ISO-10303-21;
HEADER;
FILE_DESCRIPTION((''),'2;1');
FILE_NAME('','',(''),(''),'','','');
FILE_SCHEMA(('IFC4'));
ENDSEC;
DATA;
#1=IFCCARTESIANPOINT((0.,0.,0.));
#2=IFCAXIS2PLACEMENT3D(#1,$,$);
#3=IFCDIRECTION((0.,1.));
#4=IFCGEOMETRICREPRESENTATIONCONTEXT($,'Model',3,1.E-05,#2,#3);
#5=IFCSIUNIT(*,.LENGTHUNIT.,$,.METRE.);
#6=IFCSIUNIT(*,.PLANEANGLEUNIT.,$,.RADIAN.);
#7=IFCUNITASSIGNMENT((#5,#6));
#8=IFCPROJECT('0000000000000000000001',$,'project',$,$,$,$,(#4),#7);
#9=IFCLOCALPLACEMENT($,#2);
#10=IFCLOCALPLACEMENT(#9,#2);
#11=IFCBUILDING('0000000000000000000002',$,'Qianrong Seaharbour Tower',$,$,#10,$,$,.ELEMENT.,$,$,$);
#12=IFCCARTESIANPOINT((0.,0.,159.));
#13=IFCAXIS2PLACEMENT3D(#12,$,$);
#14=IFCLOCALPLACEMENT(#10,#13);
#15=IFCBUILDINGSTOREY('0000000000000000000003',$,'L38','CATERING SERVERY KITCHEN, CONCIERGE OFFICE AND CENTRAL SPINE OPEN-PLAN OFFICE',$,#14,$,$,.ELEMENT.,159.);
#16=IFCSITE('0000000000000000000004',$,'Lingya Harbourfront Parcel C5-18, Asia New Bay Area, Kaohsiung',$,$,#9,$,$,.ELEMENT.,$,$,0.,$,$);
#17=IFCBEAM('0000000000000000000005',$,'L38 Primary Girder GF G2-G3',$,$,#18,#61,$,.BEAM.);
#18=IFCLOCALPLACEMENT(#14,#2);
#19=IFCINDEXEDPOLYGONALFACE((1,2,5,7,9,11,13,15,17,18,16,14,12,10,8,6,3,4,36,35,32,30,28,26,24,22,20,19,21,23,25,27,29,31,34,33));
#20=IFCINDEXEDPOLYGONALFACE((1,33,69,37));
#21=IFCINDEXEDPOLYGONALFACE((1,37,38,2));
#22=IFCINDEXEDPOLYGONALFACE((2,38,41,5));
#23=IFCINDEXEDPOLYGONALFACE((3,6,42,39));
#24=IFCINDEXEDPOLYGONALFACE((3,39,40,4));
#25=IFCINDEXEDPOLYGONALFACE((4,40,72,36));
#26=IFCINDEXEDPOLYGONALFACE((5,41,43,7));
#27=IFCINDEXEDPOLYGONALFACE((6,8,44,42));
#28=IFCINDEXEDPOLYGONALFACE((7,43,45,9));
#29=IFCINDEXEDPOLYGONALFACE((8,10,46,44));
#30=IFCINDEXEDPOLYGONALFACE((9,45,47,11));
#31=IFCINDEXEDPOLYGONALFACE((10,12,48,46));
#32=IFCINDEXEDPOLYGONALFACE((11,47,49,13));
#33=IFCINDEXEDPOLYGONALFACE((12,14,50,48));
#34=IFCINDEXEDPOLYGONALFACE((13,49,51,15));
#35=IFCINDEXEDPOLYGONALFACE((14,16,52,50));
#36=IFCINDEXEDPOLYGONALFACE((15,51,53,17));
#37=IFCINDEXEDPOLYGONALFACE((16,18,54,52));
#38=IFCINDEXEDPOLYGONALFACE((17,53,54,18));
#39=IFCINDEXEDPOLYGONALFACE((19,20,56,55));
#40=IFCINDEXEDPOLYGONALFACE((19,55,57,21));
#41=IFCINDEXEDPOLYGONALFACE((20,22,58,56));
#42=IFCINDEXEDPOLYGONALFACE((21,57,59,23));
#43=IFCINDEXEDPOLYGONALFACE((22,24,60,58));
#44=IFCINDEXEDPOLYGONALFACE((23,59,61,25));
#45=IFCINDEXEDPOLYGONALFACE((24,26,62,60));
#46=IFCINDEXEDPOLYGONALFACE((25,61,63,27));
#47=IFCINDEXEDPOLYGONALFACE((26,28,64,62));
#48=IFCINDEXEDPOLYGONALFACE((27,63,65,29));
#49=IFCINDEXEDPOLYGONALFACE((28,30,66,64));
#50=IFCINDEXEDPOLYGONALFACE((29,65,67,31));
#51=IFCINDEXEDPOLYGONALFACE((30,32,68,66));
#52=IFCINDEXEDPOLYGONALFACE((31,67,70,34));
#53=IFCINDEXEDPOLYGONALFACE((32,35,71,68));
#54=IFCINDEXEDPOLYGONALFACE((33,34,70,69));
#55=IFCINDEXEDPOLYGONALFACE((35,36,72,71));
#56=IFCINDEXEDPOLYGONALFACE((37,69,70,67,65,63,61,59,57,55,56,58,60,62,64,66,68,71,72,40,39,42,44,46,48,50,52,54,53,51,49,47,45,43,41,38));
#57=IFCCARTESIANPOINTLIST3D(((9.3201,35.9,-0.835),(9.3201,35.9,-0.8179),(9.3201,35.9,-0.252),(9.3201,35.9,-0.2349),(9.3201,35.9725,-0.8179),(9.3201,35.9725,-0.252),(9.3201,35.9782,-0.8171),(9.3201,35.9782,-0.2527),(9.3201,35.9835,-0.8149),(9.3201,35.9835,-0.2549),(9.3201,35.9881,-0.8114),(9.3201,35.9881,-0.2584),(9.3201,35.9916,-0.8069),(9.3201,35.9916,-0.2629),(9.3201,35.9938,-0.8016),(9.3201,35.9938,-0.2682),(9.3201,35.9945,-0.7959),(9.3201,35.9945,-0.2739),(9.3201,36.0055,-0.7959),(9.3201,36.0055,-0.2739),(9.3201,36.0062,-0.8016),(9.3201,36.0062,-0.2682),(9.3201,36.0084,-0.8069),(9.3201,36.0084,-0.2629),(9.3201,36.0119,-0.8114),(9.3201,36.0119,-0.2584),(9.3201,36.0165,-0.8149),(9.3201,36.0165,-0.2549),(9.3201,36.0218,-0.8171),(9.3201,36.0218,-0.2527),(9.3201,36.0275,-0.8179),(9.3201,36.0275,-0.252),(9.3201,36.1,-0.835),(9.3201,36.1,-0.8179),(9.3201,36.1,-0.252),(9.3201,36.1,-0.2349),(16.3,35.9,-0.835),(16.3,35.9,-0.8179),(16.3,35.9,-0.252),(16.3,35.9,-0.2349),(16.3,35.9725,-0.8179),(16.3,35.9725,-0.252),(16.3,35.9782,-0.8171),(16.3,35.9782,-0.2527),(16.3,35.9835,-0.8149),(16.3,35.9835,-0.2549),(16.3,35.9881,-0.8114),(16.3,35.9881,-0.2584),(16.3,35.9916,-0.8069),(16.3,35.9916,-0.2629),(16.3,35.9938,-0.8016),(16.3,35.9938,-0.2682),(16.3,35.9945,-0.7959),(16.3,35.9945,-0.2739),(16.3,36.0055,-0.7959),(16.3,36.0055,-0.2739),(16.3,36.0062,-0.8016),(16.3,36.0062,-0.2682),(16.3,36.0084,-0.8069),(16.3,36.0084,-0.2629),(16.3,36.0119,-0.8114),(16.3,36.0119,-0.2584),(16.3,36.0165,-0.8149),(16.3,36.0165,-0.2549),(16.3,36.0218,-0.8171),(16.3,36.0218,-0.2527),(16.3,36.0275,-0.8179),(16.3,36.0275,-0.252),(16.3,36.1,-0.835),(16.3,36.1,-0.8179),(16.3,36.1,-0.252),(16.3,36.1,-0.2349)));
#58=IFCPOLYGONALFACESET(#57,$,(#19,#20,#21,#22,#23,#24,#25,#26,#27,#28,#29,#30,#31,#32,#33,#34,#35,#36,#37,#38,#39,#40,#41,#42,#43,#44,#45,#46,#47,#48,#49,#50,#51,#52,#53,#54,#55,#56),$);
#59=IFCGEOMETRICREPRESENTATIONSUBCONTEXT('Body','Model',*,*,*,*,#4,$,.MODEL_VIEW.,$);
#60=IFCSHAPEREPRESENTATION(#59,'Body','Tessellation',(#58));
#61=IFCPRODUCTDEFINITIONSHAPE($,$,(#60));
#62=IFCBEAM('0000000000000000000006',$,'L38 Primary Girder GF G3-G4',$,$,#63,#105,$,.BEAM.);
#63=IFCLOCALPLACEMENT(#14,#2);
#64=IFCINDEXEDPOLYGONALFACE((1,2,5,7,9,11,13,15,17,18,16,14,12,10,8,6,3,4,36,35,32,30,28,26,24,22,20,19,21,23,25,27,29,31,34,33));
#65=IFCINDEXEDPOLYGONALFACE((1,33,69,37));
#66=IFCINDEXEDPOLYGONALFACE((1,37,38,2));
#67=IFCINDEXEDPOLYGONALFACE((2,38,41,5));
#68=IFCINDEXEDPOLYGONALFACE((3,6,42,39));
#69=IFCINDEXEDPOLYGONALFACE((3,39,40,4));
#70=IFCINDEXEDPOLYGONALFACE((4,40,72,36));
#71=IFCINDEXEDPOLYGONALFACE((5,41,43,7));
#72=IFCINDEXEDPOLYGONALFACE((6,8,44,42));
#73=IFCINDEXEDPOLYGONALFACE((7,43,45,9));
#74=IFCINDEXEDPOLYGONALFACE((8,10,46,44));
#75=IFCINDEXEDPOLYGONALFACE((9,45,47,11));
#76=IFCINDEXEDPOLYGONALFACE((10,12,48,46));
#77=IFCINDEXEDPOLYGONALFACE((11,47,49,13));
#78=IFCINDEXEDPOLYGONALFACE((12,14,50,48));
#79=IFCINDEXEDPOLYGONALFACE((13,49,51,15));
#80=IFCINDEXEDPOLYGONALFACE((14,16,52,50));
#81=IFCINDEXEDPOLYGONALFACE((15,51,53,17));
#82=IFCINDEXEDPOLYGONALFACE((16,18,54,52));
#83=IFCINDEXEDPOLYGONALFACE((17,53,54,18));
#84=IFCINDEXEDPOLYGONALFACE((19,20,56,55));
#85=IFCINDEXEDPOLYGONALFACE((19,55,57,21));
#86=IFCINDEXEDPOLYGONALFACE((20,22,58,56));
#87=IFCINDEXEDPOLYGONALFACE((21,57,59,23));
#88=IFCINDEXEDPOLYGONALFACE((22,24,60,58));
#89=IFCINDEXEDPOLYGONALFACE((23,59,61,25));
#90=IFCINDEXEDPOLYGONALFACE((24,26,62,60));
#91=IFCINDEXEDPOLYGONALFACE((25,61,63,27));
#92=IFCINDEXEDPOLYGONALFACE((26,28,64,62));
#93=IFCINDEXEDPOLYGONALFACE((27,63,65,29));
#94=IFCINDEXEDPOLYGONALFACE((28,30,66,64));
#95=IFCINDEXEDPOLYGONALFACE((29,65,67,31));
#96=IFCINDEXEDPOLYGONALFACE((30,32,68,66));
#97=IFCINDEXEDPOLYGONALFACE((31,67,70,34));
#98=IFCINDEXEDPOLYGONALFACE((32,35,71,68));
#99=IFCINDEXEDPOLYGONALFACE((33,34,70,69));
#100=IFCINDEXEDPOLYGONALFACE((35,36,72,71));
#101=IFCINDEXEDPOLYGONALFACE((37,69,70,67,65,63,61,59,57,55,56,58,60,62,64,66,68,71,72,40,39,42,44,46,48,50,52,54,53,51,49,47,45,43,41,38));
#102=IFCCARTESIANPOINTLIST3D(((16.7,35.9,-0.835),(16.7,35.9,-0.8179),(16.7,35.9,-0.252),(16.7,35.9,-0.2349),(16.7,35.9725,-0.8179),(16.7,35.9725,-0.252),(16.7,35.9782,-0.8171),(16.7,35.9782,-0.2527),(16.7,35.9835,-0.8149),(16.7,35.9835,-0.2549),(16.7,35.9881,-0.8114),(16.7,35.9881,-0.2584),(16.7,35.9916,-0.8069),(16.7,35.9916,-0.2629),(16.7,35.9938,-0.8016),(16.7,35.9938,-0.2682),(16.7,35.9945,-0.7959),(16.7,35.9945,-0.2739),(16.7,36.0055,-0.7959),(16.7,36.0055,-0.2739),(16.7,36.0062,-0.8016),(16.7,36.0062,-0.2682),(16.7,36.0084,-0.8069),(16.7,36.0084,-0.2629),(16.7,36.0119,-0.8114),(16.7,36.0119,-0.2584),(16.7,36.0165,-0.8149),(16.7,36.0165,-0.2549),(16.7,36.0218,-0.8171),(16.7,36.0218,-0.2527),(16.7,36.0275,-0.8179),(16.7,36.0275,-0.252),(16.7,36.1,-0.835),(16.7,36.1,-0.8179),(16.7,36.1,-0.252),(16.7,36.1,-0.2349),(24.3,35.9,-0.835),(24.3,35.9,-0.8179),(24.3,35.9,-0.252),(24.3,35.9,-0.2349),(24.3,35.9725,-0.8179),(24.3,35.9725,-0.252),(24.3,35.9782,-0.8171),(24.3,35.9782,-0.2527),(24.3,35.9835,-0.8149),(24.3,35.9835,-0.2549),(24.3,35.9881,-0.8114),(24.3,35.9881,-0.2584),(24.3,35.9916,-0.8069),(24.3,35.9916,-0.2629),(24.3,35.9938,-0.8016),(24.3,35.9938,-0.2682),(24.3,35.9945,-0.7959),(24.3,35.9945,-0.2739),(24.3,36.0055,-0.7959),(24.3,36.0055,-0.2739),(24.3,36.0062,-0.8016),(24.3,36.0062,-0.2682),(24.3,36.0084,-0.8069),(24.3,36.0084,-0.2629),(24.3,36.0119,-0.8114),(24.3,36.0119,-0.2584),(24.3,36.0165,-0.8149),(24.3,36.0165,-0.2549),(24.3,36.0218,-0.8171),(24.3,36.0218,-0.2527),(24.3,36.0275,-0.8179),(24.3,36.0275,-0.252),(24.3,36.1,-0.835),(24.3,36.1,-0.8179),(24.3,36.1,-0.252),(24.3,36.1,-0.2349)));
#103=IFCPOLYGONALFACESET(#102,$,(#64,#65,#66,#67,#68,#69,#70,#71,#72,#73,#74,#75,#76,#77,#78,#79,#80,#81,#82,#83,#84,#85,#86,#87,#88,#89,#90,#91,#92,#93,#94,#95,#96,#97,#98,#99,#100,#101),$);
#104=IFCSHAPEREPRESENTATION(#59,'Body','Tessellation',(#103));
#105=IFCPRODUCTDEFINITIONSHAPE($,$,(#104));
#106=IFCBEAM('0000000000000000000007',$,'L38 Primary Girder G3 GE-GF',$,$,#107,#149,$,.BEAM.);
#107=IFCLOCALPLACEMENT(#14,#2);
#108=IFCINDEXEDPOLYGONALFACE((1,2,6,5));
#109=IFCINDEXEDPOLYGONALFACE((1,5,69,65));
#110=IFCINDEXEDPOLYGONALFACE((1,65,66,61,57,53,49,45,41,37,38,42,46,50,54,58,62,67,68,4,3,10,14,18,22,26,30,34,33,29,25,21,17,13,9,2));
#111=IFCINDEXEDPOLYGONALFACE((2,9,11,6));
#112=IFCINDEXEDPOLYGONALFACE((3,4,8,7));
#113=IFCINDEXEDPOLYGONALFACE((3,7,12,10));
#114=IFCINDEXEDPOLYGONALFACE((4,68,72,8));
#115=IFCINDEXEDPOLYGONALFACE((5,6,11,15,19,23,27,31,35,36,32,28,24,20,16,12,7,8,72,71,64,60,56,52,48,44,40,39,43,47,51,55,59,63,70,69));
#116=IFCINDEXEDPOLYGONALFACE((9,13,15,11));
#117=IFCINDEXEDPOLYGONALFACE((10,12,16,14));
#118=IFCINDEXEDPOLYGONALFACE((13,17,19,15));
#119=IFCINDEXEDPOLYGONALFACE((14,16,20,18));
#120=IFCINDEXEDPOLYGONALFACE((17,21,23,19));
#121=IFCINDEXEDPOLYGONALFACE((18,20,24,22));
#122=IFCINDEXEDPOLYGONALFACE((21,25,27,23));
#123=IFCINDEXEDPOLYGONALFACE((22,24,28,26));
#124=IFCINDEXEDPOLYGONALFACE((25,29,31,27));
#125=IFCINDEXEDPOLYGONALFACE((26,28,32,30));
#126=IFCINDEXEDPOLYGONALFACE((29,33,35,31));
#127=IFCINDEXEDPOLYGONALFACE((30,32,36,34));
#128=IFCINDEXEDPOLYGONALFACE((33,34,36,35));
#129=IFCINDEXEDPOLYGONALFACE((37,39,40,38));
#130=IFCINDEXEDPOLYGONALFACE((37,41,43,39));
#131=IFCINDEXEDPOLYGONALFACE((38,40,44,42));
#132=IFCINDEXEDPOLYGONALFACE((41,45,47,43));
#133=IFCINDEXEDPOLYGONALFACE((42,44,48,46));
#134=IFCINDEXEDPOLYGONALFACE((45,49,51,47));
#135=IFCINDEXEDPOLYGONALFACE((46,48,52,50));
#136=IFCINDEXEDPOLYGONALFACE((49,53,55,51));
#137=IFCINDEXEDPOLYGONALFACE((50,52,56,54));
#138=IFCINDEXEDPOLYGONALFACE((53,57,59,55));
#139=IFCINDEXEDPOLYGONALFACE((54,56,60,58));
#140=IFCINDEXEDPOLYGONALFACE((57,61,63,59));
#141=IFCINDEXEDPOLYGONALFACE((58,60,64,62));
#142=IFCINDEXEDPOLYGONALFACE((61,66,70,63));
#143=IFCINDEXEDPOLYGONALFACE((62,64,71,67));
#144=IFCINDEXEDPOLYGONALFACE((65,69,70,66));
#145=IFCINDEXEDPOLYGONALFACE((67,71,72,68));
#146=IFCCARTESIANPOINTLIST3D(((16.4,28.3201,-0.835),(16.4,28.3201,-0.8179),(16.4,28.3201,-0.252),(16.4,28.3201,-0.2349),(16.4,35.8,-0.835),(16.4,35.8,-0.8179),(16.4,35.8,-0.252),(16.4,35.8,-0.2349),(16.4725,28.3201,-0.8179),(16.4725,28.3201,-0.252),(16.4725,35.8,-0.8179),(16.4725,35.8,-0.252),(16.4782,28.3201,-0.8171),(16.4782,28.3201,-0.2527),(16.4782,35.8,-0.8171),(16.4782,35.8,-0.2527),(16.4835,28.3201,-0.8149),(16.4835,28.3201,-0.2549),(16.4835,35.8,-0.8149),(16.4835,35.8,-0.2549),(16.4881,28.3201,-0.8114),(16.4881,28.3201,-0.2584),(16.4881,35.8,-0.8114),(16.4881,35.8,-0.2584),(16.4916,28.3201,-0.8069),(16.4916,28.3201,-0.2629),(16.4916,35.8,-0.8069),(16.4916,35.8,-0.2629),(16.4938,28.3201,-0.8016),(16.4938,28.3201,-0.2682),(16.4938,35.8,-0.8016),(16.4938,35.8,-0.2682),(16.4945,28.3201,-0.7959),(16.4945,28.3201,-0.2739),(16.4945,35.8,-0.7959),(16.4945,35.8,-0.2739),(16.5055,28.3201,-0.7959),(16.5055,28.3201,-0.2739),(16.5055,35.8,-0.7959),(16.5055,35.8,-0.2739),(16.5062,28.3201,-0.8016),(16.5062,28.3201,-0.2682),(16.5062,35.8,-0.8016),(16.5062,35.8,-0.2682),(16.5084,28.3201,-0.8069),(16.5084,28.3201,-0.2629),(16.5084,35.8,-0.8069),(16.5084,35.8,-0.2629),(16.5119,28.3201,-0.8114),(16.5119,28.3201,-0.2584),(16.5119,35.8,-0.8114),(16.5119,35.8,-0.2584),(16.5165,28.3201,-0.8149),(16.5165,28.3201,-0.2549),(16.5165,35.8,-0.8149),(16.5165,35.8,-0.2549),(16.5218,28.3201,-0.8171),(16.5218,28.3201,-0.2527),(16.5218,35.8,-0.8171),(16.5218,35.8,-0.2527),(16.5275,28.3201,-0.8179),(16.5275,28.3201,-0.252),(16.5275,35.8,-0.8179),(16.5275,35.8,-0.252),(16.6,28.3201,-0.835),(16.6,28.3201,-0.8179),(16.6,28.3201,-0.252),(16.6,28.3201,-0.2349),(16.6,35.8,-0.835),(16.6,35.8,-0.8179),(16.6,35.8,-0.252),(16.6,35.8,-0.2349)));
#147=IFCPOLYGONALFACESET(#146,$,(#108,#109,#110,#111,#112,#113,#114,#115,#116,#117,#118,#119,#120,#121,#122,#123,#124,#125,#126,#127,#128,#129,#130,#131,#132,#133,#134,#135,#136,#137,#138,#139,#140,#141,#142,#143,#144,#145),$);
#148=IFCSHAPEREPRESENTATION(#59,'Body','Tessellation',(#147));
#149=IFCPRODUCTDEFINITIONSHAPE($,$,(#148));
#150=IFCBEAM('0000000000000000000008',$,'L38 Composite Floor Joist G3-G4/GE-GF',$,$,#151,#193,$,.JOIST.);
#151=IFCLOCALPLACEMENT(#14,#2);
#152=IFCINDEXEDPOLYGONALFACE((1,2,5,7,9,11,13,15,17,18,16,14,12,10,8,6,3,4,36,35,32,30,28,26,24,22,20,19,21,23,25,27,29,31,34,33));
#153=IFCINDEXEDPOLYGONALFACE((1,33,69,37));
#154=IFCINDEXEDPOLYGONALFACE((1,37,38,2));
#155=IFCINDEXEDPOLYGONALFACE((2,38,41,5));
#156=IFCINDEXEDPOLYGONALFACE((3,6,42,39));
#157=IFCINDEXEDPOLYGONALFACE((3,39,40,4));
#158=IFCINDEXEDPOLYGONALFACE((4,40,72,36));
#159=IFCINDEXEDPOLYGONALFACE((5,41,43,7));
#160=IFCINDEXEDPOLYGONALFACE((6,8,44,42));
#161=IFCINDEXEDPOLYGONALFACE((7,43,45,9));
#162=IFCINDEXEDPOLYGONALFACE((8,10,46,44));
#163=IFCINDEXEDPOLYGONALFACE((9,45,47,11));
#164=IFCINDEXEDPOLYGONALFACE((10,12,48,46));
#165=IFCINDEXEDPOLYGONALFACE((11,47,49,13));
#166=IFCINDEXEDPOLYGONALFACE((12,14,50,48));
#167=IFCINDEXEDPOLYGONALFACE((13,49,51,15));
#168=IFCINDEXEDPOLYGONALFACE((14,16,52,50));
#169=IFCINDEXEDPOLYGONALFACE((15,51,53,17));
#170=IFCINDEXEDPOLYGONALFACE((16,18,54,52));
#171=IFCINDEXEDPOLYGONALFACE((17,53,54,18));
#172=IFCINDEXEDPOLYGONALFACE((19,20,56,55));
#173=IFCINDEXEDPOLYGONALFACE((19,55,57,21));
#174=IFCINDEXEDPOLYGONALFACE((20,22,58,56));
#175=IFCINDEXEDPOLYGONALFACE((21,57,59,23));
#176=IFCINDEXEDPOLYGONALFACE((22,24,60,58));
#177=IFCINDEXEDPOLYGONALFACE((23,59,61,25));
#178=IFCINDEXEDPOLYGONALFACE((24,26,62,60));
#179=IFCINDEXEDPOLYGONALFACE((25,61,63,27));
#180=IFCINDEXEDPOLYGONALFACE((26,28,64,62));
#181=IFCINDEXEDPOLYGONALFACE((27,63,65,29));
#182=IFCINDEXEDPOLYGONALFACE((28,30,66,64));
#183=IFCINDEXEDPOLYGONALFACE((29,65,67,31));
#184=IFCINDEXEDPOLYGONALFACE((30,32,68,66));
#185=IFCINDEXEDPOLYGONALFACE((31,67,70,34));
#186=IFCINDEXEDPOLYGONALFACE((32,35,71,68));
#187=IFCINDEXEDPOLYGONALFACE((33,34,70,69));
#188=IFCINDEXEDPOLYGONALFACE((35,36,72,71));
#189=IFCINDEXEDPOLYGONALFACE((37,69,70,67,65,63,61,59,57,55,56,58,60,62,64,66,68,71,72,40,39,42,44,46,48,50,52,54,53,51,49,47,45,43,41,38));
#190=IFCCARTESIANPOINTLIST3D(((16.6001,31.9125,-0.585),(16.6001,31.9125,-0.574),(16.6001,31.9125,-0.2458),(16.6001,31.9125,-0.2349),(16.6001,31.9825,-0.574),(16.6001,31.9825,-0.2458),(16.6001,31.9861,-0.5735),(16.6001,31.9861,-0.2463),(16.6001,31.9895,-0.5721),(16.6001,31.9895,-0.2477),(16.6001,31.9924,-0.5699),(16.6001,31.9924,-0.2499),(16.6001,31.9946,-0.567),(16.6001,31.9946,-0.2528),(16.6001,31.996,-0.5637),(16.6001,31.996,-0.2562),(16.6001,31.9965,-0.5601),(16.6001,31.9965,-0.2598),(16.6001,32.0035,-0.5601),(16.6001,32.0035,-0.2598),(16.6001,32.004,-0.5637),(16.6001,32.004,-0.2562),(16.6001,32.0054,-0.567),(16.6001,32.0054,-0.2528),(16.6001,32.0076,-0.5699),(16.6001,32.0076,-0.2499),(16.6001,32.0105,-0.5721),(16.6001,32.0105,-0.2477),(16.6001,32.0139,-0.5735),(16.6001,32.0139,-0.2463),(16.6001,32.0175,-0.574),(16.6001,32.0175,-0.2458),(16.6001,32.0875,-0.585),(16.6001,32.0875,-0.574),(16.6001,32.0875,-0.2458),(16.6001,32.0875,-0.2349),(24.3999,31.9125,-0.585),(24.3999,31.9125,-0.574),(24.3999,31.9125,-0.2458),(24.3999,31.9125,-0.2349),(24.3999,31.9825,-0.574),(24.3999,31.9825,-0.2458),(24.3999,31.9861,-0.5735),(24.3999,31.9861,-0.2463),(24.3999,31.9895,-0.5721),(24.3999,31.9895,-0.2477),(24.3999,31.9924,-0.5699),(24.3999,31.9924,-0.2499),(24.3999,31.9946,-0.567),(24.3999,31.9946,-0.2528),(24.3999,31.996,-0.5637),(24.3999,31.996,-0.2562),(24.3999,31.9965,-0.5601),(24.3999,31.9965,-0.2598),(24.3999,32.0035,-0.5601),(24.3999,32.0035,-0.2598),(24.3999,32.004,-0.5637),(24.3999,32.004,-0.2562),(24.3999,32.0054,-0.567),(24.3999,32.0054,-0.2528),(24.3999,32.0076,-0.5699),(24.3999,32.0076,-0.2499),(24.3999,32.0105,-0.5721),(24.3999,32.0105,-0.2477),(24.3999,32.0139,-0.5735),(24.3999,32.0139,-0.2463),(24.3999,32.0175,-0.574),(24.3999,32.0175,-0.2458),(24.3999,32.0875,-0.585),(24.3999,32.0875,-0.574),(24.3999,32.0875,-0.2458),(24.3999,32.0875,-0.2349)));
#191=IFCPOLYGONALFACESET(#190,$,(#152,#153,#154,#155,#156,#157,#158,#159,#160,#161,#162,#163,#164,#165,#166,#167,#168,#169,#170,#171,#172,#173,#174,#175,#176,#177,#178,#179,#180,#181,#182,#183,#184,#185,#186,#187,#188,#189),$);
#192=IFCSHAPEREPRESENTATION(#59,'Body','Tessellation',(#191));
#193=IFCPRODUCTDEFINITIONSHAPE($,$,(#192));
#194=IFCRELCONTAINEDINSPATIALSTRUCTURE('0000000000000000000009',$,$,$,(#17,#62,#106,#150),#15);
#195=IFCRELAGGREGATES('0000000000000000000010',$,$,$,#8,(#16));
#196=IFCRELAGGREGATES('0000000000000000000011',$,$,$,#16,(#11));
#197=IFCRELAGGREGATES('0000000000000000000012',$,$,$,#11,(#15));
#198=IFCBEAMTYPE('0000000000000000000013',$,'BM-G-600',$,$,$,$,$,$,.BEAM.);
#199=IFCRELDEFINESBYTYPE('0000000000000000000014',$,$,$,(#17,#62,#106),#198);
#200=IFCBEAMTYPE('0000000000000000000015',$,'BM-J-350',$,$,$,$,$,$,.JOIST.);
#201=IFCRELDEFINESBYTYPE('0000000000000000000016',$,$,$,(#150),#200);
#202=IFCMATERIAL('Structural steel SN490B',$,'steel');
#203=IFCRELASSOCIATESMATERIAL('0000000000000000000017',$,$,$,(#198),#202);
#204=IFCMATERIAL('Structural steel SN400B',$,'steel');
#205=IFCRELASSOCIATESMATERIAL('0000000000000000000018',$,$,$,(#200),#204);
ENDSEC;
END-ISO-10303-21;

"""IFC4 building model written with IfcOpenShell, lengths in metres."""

from ifc_helpers import new_model, si_unit, direction, frame, origin, origin_2d, place, context, subcontext, project, spatial, i_section, extrude, material, material_profile, profile_set, type_object, element, save


model = new_model("IFC4")

# Units and contexts
model_context = context("Model", 3, precision=1e-05, world=origin(), true_north=direction((0.0, 1.0)))
body_context = subcontext(model_context, "Body", "Model", "MODEL_VIEW")
ifc_project = project(units=[si_unit("LENGTHUNIT", "METRE"), si_unit("PLANEANGLEUNIT", "RADIAN")], contexts=[model_context])

# Site, building, storey
site_placement = place(None, origin())
site = spatial("IfcSite", under=ifc_project, at=site_placement, Name="Lingya Harbourfront Parcel C5-18, Asia New Bay Area, Kaohsiung", CompositionType="ELEMENT", RefElevation=0.0)
building_placement = place(site_placement, origin())
building = spatial("IfcBuilding", under=site, at=building_placement, Name="Qianrong Seaharbour Tower", CompositionType="ELEMENT")
storey_placement = place(building_placement, frame((0.0, 0.0, 159.0)))
storey = spatial("IfcBuildingStorey", under=building, at=storey_placement, Name="L38", Description="CATERING SERVERY KITCHEN, CONCIERGE OFFICE AND CENTRAL SPINE OPEN-PLAN OFFICE", CompositionType="ELEMENT", Elevation=159.0)

# Shared definitions
ifc_material_1 = material(Name="Structural steel SN490B", Category="steel")

# Beams
ifc_material_profile_1 = material_profile(ifc_material_1, i_section(OverallWidth=0.2, OverallDepth=0.6001, WebThickness=0.011, FlangeThickness=0.0171, FilletRadius=0.022, at=origin_2d()), Name="H600x200x11x17")
ifc_profile_set_1 = profile_set([ifc_material_profile_1], Name="Structural steel SN490B")
beam_type_1 = type_object("IfcBeamType", Name="BM-G-600", PredefinedType="BEAM", material=ifc_profile_set_1)
beam_1_placement = place(storey_placement, frame((9.3201, 36.0, -0.5349), z_axis=(1.0, 0.0, 0.0), x_axis=(0.0, 1.0, 0.0)))
element("IfcBeam", 1, at=beam_1_placement, inside=storey, type_object=beam_type_1, Name="L38 Primary Girder GF G2-G3", PredefinedType="BEAM", context=body_context, shape_type="SweptSolid", body=[
    extrude(i_section(OverallWidth=0.2, OverallDepth=0.6001, WebThickness=0.011, FlangeThickness=0.0171, FilletRadius=0.022, at=origin_2d()), origin(), (0.0, 0.0, 1.0), 6.98),
])
beam_2_placement = place(storey_placement, frame((16.7, 36.0, -0.5349), z_axis=(1.0, 0.0, 0.0), x_axis=(0.0, 1.0, 0.0)))
element("IfcBeam", 2, at=beam_2_placement, inside=storey, type_object=beam_type_1, Name="L38 Primary Girder GF G3-G4", PredefinedType="BEAM", context=body_context, shape_type="SweptSolid", body=[
    extrude(i_section(OverallWidth=0.2, OverallDepth=0.6001, WebThickness=0.011, FlangeThickness=0.0171, FilletRadius=0.022, at=origin_2d()), origin(), (0.0, 0.0, 1.0), 7.6001),
])
beam_3_placement = place(storey_placement, frame((16.5, 28.3201, -0.5349), z_axis=(0.0, 1.0, 0.0), x_axis=(-1.0, 0.0, 0.0)))
element("IfcBeam", 3, at=beam_3_placement, inside=storey, type_object=beam_type_1, Name="L38 Primary Girder G3 GE-GF", PredefinedType="BEAM", context=body_context, shape_type="SweptSolid", body=[
    extrude(i_section(OverallWidth=0.2, OverallDepth=0.6001, WebThickness=0.011, FlangeThickness=0.0171, FilletRadius=0.022, at=origin_2d()), origin(), (0.0, 0.0, 1.0), 7.48),
])
ifc_material_2 = material(Name="Structural steel SN400B", Category="steel")
ifc_material_profile_2 = material_profile(ifc_material_2, i_section(OverallWidth=0.175, OverallDepth=0.3501, WebThickness=0.0071, FlangeThickness=0.011, FilletRadius=0.0139, at=origin_2d()), Name="H350x175x7x11")
ifc_profile_set_2 = profile_set([ifc_material_profile_2], Name="Structural steel SN400B")
beam_type_2 = type_object("IfcBeamType", Name="BM-J-350", PredefinedType="JOIST", material=ifc_profile_set_2)
beam_4_placement = place(storey_placement, frame((16.6001, 32.0, -0.4099), z_axis=(1.0, 0.0, 0.0), x_axis=(0.0, 1.0, 0.0)))
element("IfcBeam", 4, at=beam_4_placement, inside=storey, type_object=beam_type_2, Name="L38 Composite Floor Joist G3-G4/GE-GF", PredefinedType="JOIST", context=body_context, shape_type="SweptSolid", body=[
    extrude(i_section(OverallWidth=0.175, OverallDepth=0.3501, WebThickness=0.0071, FlangeThickness=0.011, FilletRadius=0.0139, at=origin_2d()), origin(), (0.0, 0.0, 1.0), 7.7998),
])

save(model, "model.ifc")
